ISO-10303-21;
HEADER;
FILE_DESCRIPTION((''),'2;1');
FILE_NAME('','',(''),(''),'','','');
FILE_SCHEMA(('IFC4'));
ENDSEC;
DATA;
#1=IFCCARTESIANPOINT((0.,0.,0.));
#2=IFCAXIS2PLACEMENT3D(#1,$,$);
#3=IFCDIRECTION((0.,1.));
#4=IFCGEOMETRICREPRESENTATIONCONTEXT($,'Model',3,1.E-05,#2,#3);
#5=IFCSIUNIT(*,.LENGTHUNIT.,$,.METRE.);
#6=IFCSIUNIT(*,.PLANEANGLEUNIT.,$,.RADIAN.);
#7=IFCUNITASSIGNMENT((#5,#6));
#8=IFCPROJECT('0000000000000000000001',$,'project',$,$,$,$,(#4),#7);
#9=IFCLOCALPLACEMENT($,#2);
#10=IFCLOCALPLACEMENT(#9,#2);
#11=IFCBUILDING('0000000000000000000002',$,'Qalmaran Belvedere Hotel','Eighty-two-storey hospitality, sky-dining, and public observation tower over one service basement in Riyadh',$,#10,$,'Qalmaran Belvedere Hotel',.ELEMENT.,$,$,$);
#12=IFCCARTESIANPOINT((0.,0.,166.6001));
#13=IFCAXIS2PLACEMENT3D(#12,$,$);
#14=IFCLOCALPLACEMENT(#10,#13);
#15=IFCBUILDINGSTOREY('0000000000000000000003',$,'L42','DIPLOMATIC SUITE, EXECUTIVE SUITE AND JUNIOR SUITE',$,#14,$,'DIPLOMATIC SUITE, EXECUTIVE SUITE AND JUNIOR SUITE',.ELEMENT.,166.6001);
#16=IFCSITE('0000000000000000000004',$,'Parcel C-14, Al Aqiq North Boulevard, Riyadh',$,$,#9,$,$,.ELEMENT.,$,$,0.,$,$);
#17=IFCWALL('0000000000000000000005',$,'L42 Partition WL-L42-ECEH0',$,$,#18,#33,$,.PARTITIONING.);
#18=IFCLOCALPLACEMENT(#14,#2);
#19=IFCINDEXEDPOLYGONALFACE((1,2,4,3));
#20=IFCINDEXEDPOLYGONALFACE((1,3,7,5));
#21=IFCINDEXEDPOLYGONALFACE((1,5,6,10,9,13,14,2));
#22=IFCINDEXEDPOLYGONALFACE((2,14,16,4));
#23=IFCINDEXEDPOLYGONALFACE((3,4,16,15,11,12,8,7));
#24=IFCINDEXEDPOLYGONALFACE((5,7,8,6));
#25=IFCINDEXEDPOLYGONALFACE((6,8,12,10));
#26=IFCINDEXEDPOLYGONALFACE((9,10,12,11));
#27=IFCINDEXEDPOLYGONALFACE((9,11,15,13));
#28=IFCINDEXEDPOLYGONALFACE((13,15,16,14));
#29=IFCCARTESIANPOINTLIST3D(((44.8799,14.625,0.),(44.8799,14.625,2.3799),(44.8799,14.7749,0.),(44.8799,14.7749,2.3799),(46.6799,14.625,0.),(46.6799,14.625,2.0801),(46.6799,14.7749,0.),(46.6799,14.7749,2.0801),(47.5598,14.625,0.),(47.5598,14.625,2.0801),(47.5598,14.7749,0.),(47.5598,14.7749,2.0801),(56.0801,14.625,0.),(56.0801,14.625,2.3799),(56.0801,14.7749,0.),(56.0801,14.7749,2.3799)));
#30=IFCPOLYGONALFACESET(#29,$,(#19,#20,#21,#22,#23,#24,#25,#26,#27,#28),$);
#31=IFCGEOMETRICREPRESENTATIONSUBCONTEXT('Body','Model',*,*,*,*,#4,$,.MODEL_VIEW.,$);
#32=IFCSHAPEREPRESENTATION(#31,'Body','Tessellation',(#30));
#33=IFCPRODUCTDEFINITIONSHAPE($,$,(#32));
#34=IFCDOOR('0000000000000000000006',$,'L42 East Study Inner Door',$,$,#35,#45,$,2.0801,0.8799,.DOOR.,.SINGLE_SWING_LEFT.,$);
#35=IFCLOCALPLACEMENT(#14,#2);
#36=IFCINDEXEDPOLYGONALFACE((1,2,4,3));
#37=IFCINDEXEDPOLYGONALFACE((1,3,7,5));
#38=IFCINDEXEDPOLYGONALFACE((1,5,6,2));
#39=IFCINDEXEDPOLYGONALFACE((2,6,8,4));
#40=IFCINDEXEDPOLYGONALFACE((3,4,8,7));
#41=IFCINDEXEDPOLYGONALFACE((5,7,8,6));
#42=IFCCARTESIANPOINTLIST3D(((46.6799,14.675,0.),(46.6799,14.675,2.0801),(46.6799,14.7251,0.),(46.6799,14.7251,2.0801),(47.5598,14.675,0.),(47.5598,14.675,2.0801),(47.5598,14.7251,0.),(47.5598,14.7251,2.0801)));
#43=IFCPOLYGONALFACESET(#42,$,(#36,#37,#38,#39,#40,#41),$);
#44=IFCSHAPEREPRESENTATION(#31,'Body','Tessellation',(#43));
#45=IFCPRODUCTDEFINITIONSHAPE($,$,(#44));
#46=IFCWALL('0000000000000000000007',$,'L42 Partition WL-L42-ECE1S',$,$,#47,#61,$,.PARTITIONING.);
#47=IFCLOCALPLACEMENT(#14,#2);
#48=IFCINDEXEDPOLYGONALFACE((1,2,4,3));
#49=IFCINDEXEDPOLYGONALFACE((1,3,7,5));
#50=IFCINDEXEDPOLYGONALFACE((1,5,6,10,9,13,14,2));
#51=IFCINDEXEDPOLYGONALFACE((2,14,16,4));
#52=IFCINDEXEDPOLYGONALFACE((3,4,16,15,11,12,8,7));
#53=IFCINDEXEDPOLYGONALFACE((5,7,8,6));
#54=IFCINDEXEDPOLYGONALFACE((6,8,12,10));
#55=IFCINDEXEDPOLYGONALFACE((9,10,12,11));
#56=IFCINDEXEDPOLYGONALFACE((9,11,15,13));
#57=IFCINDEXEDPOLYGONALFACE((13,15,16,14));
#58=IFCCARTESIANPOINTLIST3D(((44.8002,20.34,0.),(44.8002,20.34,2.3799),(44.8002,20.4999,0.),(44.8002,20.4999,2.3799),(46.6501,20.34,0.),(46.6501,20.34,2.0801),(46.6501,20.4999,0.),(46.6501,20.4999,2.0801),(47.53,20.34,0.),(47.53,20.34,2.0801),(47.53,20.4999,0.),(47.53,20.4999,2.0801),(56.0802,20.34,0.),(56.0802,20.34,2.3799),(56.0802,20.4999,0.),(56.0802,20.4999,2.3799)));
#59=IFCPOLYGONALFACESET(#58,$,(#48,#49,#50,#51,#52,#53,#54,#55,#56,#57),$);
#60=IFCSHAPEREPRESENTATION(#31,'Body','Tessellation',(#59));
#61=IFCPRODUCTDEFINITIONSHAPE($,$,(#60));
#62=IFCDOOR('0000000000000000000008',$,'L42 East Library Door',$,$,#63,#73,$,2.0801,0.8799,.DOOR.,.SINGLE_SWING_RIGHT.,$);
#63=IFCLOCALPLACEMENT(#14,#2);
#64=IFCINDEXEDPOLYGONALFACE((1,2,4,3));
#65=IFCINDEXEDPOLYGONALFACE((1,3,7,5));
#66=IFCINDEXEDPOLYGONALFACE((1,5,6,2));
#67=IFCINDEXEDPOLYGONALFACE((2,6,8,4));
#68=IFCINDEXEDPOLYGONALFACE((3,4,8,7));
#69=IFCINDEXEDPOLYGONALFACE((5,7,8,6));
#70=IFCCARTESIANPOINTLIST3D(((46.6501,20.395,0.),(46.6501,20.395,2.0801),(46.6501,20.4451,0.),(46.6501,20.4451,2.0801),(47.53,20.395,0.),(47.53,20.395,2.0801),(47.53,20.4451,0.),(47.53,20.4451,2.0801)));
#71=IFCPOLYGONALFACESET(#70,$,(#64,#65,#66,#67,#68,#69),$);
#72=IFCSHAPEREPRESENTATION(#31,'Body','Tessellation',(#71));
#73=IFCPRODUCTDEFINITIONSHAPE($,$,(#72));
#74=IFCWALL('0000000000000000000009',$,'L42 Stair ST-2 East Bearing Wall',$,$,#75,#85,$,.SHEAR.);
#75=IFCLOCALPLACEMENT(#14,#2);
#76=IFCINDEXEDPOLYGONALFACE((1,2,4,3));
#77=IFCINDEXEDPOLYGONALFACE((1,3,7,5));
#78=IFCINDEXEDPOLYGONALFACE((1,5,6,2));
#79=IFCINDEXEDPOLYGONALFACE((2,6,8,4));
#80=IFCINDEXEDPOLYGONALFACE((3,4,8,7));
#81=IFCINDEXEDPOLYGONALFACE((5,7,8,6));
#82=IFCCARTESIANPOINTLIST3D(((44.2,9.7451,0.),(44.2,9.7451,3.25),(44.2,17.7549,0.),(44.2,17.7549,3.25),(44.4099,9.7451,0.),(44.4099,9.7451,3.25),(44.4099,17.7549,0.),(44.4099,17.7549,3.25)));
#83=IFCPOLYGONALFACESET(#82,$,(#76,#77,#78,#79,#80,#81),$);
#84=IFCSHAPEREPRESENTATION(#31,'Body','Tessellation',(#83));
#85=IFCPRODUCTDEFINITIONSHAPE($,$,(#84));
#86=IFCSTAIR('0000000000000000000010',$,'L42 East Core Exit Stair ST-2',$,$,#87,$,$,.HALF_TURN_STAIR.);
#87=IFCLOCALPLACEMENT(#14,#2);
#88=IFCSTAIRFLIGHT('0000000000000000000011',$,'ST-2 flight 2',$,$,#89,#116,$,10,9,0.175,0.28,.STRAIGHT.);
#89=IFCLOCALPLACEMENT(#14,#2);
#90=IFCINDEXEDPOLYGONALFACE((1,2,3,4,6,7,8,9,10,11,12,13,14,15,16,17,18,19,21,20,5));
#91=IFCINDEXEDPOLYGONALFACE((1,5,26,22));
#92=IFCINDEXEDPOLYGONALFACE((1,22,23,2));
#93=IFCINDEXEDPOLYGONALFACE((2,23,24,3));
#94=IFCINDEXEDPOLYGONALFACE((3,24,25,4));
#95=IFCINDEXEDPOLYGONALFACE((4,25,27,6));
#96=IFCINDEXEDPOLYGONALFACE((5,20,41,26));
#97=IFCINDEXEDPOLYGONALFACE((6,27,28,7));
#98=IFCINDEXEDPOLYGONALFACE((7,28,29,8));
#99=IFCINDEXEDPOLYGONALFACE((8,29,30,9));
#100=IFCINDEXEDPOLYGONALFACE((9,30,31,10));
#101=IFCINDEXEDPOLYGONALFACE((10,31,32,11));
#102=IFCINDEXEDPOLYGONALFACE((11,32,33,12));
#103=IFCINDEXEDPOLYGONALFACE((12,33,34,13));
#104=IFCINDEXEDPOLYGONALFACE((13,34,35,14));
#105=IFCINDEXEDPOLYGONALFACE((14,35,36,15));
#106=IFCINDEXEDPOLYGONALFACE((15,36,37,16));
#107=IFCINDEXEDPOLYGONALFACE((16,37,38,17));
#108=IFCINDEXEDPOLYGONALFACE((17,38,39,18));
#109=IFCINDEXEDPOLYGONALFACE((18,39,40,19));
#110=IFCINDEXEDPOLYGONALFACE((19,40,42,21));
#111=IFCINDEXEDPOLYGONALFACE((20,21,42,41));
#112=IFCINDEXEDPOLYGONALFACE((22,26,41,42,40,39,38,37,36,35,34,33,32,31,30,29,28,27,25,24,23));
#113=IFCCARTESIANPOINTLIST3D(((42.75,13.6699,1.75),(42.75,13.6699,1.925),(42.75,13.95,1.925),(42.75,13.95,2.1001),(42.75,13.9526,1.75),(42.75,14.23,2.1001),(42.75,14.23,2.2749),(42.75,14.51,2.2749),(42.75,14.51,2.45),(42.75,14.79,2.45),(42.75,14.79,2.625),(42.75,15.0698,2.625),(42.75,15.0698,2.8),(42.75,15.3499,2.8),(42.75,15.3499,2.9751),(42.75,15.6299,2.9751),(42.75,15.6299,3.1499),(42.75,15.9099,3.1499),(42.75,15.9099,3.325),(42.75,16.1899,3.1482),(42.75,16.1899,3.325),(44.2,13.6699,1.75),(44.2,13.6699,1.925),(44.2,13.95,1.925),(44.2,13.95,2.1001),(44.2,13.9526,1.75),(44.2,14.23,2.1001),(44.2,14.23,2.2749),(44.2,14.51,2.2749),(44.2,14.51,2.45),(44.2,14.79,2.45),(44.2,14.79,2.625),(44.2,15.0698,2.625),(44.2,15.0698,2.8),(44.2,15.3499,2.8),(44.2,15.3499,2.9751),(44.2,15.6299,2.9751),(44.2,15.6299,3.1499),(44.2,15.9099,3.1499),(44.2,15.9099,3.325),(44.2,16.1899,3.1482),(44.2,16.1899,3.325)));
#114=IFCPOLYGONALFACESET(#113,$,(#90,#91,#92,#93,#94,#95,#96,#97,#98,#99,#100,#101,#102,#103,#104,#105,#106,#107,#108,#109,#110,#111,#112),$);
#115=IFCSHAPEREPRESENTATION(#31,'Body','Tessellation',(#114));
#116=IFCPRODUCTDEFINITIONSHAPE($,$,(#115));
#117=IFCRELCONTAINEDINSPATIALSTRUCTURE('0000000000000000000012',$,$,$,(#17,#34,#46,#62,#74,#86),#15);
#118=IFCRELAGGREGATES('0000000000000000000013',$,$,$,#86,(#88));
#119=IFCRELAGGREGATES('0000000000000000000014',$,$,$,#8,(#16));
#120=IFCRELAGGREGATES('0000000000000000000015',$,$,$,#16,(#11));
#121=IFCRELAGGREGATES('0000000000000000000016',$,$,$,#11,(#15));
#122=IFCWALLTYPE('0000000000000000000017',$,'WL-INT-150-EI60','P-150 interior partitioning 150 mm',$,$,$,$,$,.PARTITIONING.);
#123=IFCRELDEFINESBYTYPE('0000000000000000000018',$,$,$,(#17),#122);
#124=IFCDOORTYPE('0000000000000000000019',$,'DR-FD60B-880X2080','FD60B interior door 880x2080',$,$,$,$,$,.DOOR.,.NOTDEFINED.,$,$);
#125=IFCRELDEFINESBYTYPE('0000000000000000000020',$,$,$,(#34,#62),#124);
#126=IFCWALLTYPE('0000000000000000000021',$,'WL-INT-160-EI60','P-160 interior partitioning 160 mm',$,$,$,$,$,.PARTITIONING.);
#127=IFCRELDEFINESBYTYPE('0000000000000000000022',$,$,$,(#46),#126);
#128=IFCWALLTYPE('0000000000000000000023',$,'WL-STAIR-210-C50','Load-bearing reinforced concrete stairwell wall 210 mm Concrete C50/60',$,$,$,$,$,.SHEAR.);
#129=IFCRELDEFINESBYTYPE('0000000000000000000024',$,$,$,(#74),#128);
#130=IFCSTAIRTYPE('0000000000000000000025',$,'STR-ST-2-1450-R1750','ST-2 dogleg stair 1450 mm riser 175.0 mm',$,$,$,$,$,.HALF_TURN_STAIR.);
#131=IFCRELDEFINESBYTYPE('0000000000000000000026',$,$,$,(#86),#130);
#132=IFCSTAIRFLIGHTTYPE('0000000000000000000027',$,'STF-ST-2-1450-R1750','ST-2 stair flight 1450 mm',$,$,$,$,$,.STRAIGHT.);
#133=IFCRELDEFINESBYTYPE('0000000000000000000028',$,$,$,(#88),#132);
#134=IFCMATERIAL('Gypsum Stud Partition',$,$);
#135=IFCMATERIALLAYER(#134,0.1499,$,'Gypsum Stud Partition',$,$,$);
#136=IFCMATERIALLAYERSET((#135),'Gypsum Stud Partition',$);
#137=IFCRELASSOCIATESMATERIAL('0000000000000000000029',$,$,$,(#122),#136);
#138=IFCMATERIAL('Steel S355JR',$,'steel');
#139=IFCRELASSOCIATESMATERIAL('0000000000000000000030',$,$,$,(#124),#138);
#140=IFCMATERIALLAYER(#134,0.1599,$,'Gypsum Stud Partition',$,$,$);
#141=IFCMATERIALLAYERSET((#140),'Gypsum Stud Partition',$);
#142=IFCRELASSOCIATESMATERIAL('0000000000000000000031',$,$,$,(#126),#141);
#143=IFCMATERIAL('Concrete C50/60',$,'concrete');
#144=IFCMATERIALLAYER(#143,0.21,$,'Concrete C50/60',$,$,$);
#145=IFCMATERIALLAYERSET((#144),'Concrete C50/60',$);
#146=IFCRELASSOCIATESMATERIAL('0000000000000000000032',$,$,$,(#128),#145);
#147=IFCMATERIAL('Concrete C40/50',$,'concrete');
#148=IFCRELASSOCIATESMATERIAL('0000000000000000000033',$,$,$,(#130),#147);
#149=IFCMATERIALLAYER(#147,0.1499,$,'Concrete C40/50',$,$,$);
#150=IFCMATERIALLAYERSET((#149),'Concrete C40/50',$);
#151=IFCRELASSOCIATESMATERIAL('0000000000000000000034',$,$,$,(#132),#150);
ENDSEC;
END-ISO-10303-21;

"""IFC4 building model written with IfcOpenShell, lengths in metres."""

from ifc_helpers import new_model, si_unit, direction, frame, frame_2d, origin, place, context, subcontext, project, spatial, polyline, rectangle, outline, extrude, material, layer, layer_set, type_object, element, fill, aggregate, save


model = new_model("IFC4")

# Units and contexts
model_context = context("Model", 3, precision=1e-05, world=origin(), true_north=direction((0.0, 1.0)))
body_context = subcontext(model_context, "Body", "Model", "MODEL_VIEW")
ifc_project = project(units=[si_unit("LENGTHUNIT", "METRE"), si_unit("PLANEANGLEUNIT", "RADIAN")], contexts=[model_context])

# Site, building, storey
site_placement = place(None, origin())
site = spatial("IfcSite", under=ifc_project, at=site_placement, Name="Parcel C-14, Al Aqiq North Boulevard, Riyadh", CompositionType="ELEMENT", RefElevation=0.0)
building_placement = place(site_placement, origin())
building = spatial("IfcBuilding", under=site, at=building_placement, Name="Qalmaran Belvedere Hotel", Description="Eighty-two-storey hospitality, sky-dining, and public observation tower over one service basement in Riyadh", LongName="Qalmaran Belvedere Hotel", CompositionType="ELEMENT")
storey_placement = place(building_placement, frame((0.0, 0.0, 166.6001)))
storey = spatial("IfcBuildingStorey", under=building, at=storey_placement, Name="L42", Description="DIPLOMATIC SUITE, EXECUTIVE SUITE AND JUNIOR SUITE", LongName="DIPLOMATIC SUITE, EXECUTIVE SUITE AND JUNIOR SUITE", CompositionType="ELEMENT", Elevation=166.6001)

# Shared definitions
ifc_material_1 = material(Name="Concrete C50/60", Category="concrete")

# Shared definitions
ifc_material_2 = material(Name="Steel S355JR", Category="steel")

# Walls, openings, doors
ifc_material_3 = material(Name="Gypsum Stud Partition")
ifc_layer_1 = layer(ifc_material_3, 0.1499, Name="Gypsum Stud Partition")
ifc_layer_set_1 = layer_set([ifc_layer_1], Name="Gypsum Stud Partition")
wall_type_1 = type_object("IfcWallType", Name="WL-INT-150-EI60", Description="P-150 interior partitioning 150 mm", PredefinedType="PARTITIONING", material=ifc_layer_set_1)
wall_1_placement = place(storey_placement, frame((44.8799, 14.7, 0.0), z_axis=(0.0, 0.0, 1.0), x_axis=(1.0, 0.0, 0.0)))
wall_1 = element("IfcWall", 1, at=wall_1_placement, inside=storey, type_object=wall_type_1, Name="L42 Partition WL-L42-ECEH0", PredefinedType="PARTITIONING", context=body_context, shape_type="SweptSolid", body=[
    extrude(rectangle(XDim=11.2002, YDim=0.1499, at=frame_2d((5.6001, 0.0))), origin(), (0.0, 0.0, 1.0), 2.3799),
])
opening_1_placement = place(wall_1_placement, frame((2.6799, 0.0, 0.0), z_axis=(0.0, 0.0, 1.0), x_axis=(-1.0, 0.0, 0.0)))
opening_1 = element("IfcOpeningElement", 2, at=opening_1_placement, cuts=wall_1, PredefinedType="OPENING", context=body_context, shape_type="SweptSolid", body=[
    extrude(rectangle(XDim=0.8799, YDim=2.0801, at=frame_2d((0.4399, 1.04))), frame((0.0, 0.085, 0.0), z_axis=(0.0, -1.0, 0.0), x_axis=(1.0, 0.0, 0.0)), (0.0, 0.0, 1.0), 0.1699),
])
door_type = type_object("IfcDoorType", Name="DR-FD60B-880X2080", Description="FD60B interior door 880x2080", OperationType="NOTDEFINED", PredefinedType="DOOR", material=ifc_material_2)
door_1_placement = place(opening_1_placement, origin())
door_1 = element("IfcDoor", 3, at=door_1_placement, inside=storey, type_object=door_type, Name="L42 East Study Inner Door", OperationType="SINGLE_SWING_LEFT", OverallHeight=2.0801, OverallWidth=0.8799, PredefinedType="DOOR", context=body_context, shape_type="SweptSolid", body=[
    extrude(rectangle(XDim=0.8799, YDim=2.0801, at=frame_2d((0.4399, 1.04))), frame((0.0, 0.0249, 0.0), z_axis=(0.0, -1.0, 0.0), x_axis=(1.0, 0.0, 0.0)), (0.0, 0.0, 1.0), 0.05),
])
fill(opening_1, door_1)
ifc_layer_2 = layer(ifc_material_3, 0.1599, Name="Gypsum Stud Partition")
ifc_layer_set_2 = layer_set([ifc_layer_2], Name="Gypsum Stud Partition")
wall_type_2 = type_object("IfcWallType", Name="WL-INT-160-EI60", Description="P-160 interior partitioning 160 mm", PredefinedType="PARTITIONING", material=ifc_layer_set_2)
wall_2_placement = place(storey_placement, frame((44.8, 20.4199, 0.0), z_axis=(0.0, 0.0, 1.0), x_axis=(1.0, 0.0, 0.0)))
wall_2 = element("IfcWall", 4, at=wall_2_placement, inside=storey, type_object=wall_type_2, Name="L42 Partition WL-L42-ECE1S", PredefinedType="PARTITIONING", context=body_context, shape_type="SweptSolid", body=[
    extrude(rectangle(XDim=11.28, YDim=0.1599, at=frame_2d((5.6401, 0.0))), origin(), (0.0, 0.0, 1.0), 2.3799),
])
opening_2_placement = place(wall_2_placement, frame((2.73, 0.0, 0.0), z_axis=(0.0, 0.0, 1.0), x_axis=(-1.0, 0.0, 0.0)))
opening_2 = element("IfcOpeningElement", 5, at=opening_2_placement, cuts=wall_2, PredefinedType="OPENING", context=body_context, shape_type="SweptSolid", body=[
    extrude(rectangle(XDim=0.8799, YDim=2.0801, at=frame_2d((0.4399, 1.04))), frame((0.0, 0.0898, 0.0), z_axis=(0.0, -1.0, 0.0), x_axis=(1.0, 0.0, 0.0)), (0.0, 0.0, 1.0), 0.1799),
])
door_2_placement = place(opening_2_placement, origin())
door_2 = element("IfcDoor", 6, at=door_2_placement, inside=storey, type_object=door_type, Name="L42 East Library Door", OperationType="SINGLE_SWING_RIGHT", OverallHeight=2.0801, OverallWidth=0.8799, PredefinedType="DOOR", context=body_context, shape_type="SweptSolid", body=[
    extrude(rectangle(XDim=0.8799, YDim=2.0801, at=frame_2d((0.4399, 1.04))), frame((0.0, 0.0249, 0.0), z_axis=(0.0, -1.0, 0.0), x_axis=(1.0, 0.0, 0.0)), (0.0, 0.0, 1.0), 0.05),
])
fill(opening_2, door_2)

# Wall
ifc_layer_3 = layer(ifc_material_1, 0.21, Name="Concrete C50/60")
ifc_layer_set_3 = layer_set([ifc_layer_3], Name="Concrete C50/60")
wall_type_3 = type_object("IfcWallType", Name="WL-STAIR-210-C50", Description="Load-bearing reinforced concrete stairwell wall 210 mm Concrete C50/60", PredefinedType="SHEAR", material=ifc_layer_set_3)
wall_3_placement = place(storey_placement, frame((44.3049, 9.7451, 0.0), z_axis=(0.0, 0.0, 1.0), x_axis=(0.0, 1.0, 0.0)))
element("IfcWall", 7, at=wall_3_placement, inside=storey, type_object=wall_type_3, Name="L42 Stair ST-2 East Bearing Wall", PredefinedType="SHEAR", context=body_context, shape_type="SweptSolid", body=[
    extrude(rectangle(XDim=8.0098, YDim=0.21, at=frame_2d((4.0049, 0.0))), origin(), (0.0, 0.0, 1.0), 3.25),
])

# Stair, stair flight
ifc_material_4 = material(Name="Concrete C40/50", Category="concrete")
stair_type = type_object("IfcStairType", Name="STR-ST-2-1450-R1750", Description="ST-2 dogleg stair 1450 mm riser 175.0 mm", PredefinedType="HALF_TURN_STAIR", material=ifc_material_4)
stair_placement = place(storey_placement, origin())
stair = element("IfcStair", 8, at=stair_placement, inside=storey, type_object=stair_type, Name="L42 East Core Exit Stair ST-2", PredefinedType="HALF_TURN_STAIR")
ifc_layer_4 = layer(ifc_material_4, 0.1499, Name="Concrete C40/50")
ifc_layer_set_4 = layer_set([ifc_layer_4], Name="Concrete C40/50")
stair_flight_type = type_object("IfcStairFlightType", Name="STF-ST-2-1450-R1750", Description="ST-2 stair flight 1450 mm", PredefinedType="STRAIGHT", material=ifc_layer_set_4)
stair_flight_placement = place(storey_placement, frame((43.4751, 13.6699, 1.75), z_axis=(0.0, 0.0, 1.0), x_axis=(0.0, 1.0, 0.0)))
stair_flight = element("IfcStairFlight", 9, at=stair_flight_placement, type_object=stair_flight_type, Name="ST-2 flight 2", NumberOfRisers=10, NumberOfTreads=9, PredefinedType="STRAIGHT", RiserHeight=0.175, TreadLength=0.28, context=body_context, shape_type="SweptSolid", body=[
    extrude(outline(polyline([(0.0, 0.0), (0.0, 0.175), (0.28, 0.175), (0.28, 0.3501), (0.5601, 0.3501), (0.5601, 0.5249), (0.8401, 0.5249), (0.8401, 0.7), (1.1201, 0.7), (1.1201, 0.875), (1.3999, 0.875), (1.3999, 1.05), (1.6799, 1.05), (1.6799, 1.2251), (1.96, 1.2251), (1.96, 1.3999), (2.24, 1.3999), (2.24, 1.575), (2.52, 1.575), (2.52, 1.75), (2.52, 1.3982), (0.2827, 0.0), (0.0, 0.0)])), frame((0.0, 0.7251, 0.0), z_axis=(0.0, -1.0, 0.0), x_axis=(1.0, 0.0, 0.0)), (0.0, 0.0, 1.0), 1.45),
])
aggregate(stair, [stair_flight])

save(model, "model.ifc")
